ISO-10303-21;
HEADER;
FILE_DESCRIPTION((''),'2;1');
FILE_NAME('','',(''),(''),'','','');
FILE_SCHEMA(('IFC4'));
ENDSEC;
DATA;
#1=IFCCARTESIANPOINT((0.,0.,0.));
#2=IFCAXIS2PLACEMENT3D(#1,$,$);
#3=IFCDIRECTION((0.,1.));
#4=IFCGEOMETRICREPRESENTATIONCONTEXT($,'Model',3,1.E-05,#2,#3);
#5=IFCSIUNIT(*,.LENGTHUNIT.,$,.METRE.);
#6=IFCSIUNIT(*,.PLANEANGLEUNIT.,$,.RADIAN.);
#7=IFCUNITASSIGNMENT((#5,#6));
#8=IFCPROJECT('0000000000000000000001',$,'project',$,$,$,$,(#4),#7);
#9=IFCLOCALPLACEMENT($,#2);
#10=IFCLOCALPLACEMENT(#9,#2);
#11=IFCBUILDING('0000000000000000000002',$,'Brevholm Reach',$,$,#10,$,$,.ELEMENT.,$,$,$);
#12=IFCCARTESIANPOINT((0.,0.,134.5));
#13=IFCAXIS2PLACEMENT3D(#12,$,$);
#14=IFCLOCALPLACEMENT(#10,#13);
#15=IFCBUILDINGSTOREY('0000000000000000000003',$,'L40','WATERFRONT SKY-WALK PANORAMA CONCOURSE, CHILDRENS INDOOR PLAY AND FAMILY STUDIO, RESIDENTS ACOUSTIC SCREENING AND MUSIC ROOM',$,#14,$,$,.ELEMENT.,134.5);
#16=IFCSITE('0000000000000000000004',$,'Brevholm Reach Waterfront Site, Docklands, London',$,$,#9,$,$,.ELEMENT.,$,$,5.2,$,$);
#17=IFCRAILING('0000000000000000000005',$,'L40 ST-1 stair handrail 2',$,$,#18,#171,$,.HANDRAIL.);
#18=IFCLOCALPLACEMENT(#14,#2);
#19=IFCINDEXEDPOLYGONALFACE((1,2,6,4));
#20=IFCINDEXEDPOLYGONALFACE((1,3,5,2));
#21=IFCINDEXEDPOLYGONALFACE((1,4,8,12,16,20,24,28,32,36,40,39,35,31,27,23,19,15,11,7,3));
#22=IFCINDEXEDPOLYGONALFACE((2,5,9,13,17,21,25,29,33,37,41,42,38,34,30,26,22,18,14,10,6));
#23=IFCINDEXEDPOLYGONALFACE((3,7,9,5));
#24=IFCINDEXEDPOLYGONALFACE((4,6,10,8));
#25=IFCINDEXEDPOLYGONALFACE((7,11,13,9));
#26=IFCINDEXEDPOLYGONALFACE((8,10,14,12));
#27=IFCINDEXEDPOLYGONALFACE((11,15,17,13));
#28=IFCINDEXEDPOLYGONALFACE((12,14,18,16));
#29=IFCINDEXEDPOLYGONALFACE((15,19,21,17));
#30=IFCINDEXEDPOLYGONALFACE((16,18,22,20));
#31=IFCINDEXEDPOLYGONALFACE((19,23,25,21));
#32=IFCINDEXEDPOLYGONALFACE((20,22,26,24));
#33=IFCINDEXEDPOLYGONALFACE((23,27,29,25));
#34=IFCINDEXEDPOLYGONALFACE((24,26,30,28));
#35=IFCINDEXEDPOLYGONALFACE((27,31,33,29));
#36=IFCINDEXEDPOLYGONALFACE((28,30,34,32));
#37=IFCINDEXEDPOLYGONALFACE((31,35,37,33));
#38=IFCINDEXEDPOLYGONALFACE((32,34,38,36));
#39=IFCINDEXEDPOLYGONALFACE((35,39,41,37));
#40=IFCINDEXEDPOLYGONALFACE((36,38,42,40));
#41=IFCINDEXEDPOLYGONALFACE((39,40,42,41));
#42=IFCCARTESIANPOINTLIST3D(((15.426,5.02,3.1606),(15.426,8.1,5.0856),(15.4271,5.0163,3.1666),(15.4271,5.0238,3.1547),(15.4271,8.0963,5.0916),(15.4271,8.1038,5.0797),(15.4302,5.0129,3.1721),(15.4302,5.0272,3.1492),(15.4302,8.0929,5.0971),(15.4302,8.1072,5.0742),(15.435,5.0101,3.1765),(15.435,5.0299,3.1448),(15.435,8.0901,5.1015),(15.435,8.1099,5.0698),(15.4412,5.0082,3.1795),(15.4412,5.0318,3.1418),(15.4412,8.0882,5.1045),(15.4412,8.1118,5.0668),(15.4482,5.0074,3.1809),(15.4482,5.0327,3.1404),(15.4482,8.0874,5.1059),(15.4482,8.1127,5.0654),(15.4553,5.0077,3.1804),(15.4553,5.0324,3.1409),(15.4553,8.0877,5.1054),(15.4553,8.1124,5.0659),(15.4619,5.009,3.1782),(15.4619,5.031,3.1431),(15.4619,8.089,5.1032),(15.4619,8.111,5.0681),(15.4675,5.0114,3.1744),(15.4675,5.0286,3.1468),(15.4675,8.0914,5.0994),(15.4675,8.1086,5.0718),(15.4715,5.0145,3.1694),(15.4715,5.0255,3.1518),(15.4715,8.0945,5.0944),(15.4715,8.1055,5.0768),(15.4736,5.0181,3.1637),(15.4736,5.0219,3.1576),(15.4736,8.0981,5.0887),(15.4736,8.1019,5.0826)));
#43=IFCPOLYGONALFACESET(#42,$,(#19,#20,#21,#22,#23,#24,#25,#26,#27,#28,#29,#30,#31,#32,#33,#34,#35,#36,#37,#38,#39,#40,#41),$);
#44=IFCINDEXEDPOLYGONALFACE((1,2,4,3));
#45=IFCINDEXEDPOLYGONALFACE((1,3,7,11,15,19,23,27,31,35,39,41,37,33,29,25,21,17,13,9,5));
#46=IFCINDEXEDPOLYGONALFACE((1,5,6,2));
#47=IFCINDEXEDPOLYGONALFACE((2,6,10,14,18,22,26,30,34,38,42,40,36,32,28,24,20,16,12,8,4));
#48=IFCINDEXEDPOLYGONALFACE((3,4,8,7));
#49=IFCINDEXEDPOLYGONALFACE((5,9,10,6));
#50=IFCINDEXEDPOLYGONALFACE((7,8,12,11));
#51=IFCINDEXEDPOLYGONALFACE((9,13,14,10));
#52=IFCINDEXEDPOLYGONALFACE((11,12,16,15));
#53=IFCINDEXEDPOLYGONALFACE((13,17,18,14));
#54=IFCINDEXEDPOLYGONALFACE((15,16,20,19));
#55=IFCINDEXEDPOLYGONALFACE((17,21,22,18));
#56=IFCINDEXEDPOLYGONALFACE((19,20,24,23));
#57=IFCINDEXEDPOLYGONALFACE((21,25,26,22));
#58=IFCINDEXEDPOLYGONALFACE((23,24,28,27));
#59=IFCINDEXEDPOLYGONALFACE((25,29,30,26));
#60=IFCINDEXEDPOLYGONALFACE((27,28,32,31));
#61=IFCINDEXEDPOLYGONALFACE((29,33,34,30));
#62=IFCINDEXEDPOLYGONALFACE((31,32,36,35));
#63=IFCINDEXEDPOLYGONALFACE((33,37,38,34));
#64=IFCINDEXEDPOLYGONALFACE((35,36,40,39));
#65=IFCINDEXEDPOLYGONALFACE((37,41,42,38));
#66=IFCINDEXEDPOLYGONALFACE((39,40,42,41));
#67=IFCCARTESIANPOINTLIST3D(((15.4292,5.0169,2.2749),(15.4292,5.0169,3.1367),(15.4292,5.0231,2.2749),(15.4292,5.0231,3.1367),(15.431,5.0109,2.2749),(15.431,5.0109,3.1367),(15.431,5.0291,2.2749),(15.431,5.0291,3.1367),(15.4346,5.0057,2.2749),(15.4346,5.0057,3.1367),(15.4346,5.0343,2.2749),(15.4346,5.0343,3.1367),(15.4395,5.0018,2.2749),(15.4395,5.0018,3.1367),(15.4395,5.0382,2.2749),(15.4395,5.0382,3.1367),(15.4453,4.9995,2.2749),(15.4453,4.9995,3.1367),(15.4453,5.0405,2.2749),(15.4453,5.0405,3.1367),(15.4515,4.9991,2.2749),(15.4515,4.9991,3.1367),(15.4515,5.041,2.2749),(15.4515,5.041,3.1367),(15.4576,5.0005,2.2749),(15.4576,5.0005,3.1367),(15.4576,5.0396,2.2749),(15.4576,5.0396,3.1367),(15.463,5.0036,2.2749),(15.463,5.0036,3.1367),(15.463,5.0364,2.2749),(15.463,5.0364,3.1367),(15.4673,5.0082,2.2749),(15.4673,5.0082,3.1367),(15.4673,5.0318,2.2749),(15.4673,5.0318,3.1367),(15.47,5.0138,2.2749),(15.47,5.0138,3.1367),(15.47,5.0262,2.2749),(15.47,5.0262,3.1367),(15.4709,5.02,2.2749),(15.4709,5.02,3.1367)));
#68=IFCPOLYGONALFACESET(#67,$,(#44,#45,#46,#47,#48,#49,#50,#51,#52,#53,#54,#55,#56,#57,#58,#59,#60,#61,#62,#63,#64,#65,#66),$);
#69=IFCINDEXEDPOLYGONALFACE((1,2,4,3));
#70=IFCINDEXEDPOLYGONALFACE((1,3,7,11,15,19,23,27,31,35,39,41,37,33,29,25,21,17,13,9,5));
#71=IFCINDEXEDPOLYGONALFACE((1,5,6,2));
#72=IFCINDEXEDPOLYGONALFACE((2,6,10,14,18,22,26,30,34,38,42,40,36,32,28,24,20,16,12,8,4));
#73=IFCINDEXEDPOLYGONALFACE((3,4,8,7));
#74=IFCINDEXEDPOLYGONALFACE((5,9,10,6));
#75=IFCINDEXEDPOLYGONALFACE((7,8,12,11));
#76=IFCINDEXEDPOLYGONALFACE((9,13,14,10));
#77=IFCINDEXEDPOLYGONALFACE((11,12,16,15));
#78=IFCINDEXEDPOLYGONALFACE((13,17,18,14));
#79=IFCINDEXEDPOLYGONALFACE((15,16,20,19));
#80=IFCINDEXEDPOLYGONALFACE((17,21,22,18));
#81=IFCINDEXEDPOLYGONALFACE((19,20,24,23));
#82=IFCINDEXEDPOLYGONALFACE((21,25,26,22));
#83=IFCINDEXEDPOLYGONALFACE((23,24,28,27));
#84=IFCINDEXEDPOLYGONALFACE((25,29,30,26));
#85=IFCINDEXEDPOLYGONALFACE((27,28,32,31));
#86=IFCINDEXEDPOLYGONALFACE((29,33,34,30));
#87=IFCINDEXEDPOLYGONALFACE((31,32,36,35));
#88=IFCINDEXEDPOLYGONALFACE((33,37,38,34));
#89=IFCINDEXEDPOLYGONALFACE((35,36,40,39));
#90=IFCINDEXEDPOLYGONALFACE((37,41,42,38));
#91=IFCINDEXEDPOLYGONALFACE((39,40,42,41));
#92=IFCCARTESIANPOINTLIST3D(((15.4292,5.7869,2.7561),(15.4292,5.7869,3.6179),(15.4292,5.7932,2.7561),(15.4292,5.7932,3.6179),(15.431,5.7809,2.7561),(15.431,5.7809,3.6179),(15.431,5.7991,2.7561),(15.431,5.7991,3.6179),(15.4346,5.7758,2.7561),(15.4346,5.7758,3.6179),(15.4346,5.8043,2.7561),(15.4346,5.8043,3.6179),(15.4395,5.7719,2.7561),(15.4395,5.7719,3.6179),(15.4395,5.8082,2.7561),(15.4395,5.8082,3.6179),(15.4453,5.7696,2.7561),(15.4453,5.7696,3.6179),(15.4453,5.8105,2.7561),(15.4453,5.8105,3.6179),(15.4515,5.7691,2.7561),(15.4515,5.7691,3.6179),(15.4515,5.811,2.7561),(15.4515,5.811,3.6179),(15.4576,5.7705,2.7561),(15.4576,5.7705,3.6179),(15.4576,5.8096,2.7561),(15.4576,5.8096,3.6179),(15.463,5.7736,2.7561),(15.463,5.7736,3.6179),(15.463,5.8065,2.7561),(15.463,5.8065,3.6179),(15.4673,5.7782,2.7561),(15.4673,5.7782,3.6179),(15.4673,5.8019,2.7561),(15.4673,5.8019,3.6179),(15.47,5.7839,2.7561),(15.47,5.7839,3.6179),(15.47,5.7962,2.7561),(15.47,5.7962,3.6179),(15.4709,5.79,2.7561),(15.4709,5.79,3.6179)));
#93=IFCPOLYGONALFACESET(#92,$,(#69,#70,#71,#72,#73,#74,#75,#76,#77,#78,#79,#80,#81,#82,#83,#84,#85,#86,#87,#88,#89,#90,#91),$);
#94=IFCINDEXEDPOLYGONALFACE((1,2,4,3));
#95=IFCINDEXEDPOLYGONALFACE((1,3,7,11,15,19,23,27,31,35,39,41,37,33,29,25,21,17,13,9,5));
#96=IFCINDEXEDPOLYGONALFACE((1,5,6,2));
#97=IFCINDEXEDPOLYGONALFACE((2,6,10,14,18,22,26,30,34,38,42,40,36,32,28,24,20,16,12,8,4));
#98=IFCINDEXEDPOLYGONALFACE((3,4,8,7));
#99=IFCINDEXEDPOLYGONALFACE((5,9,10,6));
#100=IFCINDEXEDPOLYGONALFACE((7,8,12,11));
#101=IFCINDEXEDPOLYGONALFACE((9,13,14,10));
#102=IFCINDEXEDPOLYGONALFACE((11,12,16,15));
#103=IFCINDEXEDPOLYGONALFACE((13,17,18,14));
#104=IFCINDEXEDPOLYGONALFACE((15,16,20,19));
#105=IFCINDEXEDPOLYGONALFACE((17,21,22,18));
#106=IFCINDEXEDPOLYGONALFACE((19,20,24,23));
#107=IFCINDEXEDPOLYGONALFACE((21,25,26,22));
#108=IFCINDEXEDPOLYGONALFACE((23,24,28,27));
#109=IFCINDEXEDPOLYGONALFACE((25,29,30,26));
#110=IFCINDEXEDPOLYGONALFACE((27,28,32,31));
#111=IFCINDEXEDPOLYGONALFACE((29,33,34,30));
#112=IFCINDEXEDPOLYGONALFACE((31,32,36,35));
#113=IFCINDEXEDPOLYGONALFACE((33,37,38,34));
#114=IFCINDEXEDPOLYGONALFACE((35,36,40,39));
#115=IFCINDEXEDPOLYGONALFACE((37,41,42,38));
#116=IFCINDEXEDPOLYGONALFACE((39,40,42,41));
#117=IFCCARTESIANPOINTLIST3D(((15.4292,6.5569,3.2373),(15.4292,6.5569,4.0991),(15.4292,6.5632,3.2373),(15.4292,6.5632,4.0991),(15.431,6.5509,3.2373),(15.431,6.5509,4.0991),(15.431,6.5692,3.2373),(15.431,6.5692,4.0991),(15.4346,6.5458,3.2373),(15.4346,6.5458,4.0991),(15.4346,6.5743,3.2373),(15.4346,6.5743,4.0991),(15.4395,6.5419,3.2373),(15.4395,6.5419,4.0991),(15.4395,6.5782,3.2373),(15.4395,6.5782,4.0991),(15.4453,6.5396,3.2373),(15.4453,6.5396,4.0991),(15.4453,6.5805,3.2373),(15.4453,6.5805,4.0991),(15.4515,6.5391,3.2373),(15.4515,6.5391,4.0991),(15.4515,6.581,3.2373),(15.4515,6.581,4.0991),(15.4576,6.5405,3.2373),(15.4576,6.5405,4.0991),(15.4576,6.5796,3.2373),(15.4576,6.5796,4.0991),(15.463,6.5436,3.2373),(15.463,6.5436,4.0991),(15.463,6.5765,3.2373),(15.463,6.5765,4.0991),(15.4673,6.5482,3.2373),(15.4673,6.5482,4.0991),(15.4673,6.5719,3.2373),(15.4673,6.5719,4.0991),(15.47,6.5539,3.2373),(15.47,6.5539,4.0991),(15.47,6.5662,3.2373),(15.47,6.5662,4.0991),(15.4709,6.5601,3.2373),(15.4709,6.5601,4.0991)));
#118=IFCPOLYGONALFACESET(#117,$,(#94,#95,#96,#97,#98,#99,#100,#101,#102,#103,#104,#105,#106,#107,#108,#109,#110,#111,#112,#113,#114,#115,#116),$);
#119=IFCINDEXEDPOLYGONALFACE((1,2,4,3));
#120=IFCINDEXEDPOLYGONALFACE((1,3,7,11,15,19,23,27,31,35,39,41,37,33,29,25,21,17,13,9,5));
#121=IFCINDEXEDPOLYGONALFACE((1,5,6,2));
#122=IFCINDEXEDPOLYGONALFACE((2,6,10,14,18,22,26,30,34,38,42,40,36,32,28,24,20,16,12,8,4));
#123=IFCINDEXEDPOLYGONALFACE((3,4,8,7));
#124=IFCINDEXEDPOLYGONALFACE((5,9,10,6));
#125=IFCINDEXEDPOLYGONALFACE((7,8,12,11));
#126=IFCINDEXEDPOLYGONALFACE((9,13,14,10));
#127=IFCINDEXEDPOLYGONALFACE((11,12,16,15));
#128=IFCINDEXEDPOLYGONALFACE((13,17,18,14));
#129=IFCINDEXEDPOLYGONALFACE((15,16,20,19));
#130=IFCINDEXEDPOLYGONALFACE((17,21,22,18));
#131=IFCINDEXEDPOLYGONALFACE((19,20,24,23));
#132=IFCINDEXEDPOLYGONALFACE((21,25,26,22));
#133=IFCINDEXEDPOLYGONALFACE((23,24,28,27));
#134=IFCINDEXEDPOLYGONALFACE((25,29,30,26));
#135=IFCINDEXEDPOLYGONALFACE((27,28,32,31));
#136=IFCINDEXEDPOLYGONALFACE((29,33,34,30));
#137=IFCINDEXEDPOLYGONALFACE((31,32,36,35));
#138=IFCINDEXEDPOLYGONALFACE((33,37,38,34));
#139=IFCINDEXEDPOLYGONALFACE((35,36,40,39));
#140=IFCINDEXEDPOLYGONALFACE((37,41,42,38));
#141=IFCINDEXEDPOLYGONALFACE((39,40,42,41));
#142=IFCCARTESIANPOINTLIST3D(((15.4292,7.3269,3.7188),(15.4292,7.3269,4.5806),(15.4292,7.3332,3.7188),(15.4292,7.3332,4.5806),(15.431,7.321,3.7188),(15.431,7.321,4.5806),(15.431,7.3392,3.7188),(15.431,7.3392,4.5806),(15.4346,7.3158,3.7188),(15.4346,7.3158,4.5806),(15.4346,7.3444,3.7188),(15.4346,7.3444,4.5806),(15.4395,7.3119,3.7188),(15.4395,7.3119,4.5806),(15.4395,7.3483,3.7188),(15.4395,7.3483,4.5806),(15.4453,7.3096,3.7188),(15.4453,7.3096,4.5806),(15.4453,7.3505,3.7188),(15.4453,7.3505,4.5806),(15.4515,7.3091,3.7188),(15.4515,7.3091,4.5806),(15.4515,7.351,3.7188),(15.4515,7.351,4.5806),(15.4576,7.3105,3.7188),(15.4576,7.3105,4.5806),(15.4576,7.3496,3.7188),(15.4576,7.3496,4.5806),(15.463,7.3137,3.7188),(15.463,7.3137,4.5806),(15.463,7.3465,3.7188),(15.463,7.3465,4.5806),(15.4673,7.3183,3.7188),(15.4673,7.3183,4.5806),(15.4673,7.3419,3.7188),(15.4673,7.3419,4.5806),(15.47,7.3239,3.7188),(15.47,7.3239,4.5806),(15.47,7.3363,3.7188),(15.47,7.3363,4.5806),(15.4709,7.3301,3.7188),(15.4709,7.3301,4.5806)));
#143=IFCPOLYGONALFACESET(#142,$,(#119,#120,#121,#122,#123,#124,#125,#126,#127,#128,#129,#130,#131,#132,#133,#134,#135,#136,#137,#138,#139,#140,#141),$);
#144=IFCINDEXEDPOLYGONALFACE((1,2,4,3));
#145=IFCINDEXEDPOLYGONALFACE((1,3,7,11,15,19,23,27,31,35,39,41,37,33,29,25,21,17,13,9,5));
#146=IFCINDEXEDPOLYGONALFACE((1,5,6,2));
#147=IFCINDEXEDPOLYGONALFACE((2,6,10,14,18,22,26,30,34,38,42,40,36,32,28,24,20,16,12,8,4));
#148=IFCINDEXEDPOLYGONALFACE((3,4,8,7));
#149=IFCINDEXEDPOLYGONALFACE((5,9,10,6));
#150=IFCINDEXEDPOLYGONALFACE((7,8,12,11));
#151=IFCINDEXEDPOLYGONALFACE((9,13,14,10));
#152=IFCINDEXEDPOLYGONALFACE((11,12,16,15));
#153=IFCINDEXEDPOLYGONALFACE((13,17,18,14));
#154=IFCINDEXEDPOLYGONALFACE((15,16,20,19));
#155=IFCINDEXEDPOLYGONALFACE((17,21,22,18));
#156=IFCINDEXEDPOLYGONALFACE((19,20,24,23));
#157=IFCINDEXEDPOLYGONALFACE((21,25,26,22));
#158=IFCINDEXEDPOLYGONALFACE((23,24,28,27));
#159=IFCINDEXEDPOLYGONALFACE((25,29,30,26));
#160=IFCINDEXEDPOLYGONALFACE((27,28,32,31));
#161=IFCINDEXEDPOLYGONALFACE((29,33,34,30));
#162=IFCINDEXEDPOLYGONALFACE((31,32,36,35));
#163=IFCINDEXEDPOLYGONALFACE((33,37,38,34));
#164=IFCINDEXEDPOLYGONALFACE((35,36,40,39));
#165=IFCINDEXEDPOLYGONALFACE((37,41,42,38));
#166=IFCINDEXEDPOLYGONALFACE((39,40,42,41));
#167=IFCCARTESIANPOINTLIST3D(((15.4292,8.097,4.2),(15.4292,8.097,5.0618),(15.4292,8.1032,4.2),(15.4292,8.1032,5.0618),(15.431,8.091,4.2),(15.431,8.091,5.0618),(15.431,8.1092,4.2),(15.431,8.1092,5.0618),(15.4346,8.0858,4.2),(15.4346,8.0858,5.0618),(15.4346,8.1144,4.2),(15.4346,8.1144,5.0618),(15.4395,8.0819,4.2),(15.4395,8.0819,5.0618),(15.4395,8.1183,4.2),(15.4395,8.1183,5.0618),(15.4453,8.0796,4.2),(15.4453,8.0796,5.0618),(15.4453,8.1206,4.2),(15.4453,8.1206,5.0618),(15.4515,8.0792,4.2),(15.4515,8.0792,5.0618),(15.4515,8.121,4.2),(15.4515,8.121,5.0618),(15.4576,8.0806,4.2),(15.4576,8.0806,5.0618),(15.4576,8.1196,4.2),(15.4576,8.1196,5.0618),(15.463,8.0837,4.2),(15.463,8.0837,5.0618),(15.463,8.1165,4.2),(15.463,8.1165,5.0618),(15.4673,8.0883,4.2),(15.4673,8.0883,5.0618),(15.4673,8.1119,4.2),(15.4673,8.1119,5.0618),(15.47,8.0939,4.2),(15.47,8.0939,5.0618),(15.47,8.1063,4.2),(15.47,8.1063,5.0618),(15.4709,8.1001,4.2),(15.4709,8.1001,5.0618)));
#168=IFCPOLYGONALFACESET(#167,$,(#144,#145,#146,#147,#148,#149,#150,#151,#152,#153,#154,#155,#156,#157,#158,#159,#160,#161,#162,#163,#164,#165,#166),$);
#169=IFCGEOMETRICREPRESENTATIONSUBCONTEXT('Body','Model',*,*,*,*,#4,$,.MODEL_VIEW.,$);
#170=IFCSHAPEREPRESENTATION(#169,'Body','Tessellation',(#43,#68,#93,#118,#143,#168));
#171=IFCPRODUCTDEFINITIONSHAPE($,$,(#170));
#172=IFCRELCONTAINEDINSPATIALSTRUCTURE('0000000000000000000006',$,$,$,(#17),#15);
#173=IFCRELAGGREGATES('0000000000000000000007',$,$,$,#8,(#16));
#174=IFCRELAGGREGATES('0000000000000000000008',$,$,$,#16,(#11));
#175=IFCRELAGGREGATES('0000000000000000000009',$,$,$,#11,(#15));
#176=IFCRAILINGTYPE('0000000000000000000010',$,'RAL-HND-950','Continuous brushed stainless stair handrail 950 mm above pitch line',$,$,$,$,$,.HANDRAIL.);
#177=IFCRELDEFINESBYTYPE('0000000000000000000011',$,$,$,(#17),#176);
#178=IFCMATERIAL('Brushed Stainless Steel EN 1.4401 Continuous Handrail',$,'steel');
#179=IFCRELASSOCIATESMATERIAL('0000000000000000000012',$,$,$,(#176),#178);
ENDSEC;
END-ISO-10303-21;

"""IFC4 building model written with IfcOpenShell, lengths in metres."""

from ifc_helpers import new_model, si_unit, direction, frame, origin, origin_2d, place, context, subcontext, project, spatial, circle, extrude, material, type_object, element, save


model = new_model("IFC4")

# Units and contexts
model_context = context("Model", 3, precision=1e-05, world=origin(), true_north=direction((0.0, 1.0)))
body_context = subcontext(model_context, "Body", "Model", "MODEL_VIEW")
ifc_project = project(units=[si_unit("LENGTHUNIT", "METRE"), si_unit("PLANEANGLEUNIT", "RADIAN")], contexts=[model_context])

# Site, building, storey
site_placement = place(None, origin())
site = spatial("IfcSite", under=ifc_project, at=site_placement, Name="Brevholm Reach Waterfront Site, Docklands, London", CompositionType="ELEMENT", RefElevation=5.2)
building_placement = place(site_placement, origin())
building = spatial("IfcBuilding", under=site, at=building_placement, Name="Brevholm Reach", CompositionType="ELEMENT")
storey_placement = place(building_placement, frame((0.0, 0.0, 134.5)))
storey = spatial("IfcBuildingStorey", under=building, at=storey_placement, Name="L40", Description="WATERFRONT SKY-WALK PANORAMA CONCOURSE, CHILDRENS INDOOR PLAY AND FAMILY STUDIO, RESIDENTS ACOUSTIC SCREENING AND MUSIC ROOM", CompositionType="ELEMENT", Elevation=134.5)

# Railing
ifc_material_1 = material(Name="Brushed Stainless Steel EN 1.4401 Continuous Handrail", Category="steel")
railing_type_1 = type_object("IfcRailingType", Name="RAL-HND-950", Description="Continuous brushed stainless stair handrail 950 mm above pitch line", PredefinedType="HANDRAIL", material=ifc_material_1)
railing_1_placement = place(storey_placement, frame((15.45, 5.02, 2.2749)))
element("IfcRailing", 1, at=railing_1_placement, inside=storey, type_object=railing_type_1, Name="L40 ST-1 stair handrail 2", PredefinedType="HANDRAIL", context=body_context, shape_type="SweptSolid", body=[
    extrude(circle(Radius=0.0239, at=origin_2d()), frame((0.0, 0.0, 0.8857), z_axis=(0.0, 0.847998, 0.529999), x_axis=(-1.0, 0.0, 0.0)), (0.0, 0.0, 1.0), 3.6321),
    extrude(circle(Radius=0.021, at=origin_2d()), origin(), (0.0, 0.0, 1.0), 0.8618),
    extrude(circle(Radius=0.021, at=origin_2d()), frame((0.0, 0.77, 0.4812)), (0.0, 0.0, 1.0), 0.8618),
    extrude(circle(Radius=0.021, at=origin_2d()), frame((0.0, 1.54, 0.9624)), (0.0, 0.0, 1.0), 0.8618),
    extrude(circle(Radius=0.021, at=origin_2d()), frame((0.0, 2.3101, 1.4438)), (0.0, 0.0, 1.0), 0.8618),
    extrude(circle(Radius=0.021, at=origin_2d()), frame((0.0, 3.0801, 1.925)), (0.0, 0.0, 1.0), 0.8618),
])

save(model, "model.ifc")
